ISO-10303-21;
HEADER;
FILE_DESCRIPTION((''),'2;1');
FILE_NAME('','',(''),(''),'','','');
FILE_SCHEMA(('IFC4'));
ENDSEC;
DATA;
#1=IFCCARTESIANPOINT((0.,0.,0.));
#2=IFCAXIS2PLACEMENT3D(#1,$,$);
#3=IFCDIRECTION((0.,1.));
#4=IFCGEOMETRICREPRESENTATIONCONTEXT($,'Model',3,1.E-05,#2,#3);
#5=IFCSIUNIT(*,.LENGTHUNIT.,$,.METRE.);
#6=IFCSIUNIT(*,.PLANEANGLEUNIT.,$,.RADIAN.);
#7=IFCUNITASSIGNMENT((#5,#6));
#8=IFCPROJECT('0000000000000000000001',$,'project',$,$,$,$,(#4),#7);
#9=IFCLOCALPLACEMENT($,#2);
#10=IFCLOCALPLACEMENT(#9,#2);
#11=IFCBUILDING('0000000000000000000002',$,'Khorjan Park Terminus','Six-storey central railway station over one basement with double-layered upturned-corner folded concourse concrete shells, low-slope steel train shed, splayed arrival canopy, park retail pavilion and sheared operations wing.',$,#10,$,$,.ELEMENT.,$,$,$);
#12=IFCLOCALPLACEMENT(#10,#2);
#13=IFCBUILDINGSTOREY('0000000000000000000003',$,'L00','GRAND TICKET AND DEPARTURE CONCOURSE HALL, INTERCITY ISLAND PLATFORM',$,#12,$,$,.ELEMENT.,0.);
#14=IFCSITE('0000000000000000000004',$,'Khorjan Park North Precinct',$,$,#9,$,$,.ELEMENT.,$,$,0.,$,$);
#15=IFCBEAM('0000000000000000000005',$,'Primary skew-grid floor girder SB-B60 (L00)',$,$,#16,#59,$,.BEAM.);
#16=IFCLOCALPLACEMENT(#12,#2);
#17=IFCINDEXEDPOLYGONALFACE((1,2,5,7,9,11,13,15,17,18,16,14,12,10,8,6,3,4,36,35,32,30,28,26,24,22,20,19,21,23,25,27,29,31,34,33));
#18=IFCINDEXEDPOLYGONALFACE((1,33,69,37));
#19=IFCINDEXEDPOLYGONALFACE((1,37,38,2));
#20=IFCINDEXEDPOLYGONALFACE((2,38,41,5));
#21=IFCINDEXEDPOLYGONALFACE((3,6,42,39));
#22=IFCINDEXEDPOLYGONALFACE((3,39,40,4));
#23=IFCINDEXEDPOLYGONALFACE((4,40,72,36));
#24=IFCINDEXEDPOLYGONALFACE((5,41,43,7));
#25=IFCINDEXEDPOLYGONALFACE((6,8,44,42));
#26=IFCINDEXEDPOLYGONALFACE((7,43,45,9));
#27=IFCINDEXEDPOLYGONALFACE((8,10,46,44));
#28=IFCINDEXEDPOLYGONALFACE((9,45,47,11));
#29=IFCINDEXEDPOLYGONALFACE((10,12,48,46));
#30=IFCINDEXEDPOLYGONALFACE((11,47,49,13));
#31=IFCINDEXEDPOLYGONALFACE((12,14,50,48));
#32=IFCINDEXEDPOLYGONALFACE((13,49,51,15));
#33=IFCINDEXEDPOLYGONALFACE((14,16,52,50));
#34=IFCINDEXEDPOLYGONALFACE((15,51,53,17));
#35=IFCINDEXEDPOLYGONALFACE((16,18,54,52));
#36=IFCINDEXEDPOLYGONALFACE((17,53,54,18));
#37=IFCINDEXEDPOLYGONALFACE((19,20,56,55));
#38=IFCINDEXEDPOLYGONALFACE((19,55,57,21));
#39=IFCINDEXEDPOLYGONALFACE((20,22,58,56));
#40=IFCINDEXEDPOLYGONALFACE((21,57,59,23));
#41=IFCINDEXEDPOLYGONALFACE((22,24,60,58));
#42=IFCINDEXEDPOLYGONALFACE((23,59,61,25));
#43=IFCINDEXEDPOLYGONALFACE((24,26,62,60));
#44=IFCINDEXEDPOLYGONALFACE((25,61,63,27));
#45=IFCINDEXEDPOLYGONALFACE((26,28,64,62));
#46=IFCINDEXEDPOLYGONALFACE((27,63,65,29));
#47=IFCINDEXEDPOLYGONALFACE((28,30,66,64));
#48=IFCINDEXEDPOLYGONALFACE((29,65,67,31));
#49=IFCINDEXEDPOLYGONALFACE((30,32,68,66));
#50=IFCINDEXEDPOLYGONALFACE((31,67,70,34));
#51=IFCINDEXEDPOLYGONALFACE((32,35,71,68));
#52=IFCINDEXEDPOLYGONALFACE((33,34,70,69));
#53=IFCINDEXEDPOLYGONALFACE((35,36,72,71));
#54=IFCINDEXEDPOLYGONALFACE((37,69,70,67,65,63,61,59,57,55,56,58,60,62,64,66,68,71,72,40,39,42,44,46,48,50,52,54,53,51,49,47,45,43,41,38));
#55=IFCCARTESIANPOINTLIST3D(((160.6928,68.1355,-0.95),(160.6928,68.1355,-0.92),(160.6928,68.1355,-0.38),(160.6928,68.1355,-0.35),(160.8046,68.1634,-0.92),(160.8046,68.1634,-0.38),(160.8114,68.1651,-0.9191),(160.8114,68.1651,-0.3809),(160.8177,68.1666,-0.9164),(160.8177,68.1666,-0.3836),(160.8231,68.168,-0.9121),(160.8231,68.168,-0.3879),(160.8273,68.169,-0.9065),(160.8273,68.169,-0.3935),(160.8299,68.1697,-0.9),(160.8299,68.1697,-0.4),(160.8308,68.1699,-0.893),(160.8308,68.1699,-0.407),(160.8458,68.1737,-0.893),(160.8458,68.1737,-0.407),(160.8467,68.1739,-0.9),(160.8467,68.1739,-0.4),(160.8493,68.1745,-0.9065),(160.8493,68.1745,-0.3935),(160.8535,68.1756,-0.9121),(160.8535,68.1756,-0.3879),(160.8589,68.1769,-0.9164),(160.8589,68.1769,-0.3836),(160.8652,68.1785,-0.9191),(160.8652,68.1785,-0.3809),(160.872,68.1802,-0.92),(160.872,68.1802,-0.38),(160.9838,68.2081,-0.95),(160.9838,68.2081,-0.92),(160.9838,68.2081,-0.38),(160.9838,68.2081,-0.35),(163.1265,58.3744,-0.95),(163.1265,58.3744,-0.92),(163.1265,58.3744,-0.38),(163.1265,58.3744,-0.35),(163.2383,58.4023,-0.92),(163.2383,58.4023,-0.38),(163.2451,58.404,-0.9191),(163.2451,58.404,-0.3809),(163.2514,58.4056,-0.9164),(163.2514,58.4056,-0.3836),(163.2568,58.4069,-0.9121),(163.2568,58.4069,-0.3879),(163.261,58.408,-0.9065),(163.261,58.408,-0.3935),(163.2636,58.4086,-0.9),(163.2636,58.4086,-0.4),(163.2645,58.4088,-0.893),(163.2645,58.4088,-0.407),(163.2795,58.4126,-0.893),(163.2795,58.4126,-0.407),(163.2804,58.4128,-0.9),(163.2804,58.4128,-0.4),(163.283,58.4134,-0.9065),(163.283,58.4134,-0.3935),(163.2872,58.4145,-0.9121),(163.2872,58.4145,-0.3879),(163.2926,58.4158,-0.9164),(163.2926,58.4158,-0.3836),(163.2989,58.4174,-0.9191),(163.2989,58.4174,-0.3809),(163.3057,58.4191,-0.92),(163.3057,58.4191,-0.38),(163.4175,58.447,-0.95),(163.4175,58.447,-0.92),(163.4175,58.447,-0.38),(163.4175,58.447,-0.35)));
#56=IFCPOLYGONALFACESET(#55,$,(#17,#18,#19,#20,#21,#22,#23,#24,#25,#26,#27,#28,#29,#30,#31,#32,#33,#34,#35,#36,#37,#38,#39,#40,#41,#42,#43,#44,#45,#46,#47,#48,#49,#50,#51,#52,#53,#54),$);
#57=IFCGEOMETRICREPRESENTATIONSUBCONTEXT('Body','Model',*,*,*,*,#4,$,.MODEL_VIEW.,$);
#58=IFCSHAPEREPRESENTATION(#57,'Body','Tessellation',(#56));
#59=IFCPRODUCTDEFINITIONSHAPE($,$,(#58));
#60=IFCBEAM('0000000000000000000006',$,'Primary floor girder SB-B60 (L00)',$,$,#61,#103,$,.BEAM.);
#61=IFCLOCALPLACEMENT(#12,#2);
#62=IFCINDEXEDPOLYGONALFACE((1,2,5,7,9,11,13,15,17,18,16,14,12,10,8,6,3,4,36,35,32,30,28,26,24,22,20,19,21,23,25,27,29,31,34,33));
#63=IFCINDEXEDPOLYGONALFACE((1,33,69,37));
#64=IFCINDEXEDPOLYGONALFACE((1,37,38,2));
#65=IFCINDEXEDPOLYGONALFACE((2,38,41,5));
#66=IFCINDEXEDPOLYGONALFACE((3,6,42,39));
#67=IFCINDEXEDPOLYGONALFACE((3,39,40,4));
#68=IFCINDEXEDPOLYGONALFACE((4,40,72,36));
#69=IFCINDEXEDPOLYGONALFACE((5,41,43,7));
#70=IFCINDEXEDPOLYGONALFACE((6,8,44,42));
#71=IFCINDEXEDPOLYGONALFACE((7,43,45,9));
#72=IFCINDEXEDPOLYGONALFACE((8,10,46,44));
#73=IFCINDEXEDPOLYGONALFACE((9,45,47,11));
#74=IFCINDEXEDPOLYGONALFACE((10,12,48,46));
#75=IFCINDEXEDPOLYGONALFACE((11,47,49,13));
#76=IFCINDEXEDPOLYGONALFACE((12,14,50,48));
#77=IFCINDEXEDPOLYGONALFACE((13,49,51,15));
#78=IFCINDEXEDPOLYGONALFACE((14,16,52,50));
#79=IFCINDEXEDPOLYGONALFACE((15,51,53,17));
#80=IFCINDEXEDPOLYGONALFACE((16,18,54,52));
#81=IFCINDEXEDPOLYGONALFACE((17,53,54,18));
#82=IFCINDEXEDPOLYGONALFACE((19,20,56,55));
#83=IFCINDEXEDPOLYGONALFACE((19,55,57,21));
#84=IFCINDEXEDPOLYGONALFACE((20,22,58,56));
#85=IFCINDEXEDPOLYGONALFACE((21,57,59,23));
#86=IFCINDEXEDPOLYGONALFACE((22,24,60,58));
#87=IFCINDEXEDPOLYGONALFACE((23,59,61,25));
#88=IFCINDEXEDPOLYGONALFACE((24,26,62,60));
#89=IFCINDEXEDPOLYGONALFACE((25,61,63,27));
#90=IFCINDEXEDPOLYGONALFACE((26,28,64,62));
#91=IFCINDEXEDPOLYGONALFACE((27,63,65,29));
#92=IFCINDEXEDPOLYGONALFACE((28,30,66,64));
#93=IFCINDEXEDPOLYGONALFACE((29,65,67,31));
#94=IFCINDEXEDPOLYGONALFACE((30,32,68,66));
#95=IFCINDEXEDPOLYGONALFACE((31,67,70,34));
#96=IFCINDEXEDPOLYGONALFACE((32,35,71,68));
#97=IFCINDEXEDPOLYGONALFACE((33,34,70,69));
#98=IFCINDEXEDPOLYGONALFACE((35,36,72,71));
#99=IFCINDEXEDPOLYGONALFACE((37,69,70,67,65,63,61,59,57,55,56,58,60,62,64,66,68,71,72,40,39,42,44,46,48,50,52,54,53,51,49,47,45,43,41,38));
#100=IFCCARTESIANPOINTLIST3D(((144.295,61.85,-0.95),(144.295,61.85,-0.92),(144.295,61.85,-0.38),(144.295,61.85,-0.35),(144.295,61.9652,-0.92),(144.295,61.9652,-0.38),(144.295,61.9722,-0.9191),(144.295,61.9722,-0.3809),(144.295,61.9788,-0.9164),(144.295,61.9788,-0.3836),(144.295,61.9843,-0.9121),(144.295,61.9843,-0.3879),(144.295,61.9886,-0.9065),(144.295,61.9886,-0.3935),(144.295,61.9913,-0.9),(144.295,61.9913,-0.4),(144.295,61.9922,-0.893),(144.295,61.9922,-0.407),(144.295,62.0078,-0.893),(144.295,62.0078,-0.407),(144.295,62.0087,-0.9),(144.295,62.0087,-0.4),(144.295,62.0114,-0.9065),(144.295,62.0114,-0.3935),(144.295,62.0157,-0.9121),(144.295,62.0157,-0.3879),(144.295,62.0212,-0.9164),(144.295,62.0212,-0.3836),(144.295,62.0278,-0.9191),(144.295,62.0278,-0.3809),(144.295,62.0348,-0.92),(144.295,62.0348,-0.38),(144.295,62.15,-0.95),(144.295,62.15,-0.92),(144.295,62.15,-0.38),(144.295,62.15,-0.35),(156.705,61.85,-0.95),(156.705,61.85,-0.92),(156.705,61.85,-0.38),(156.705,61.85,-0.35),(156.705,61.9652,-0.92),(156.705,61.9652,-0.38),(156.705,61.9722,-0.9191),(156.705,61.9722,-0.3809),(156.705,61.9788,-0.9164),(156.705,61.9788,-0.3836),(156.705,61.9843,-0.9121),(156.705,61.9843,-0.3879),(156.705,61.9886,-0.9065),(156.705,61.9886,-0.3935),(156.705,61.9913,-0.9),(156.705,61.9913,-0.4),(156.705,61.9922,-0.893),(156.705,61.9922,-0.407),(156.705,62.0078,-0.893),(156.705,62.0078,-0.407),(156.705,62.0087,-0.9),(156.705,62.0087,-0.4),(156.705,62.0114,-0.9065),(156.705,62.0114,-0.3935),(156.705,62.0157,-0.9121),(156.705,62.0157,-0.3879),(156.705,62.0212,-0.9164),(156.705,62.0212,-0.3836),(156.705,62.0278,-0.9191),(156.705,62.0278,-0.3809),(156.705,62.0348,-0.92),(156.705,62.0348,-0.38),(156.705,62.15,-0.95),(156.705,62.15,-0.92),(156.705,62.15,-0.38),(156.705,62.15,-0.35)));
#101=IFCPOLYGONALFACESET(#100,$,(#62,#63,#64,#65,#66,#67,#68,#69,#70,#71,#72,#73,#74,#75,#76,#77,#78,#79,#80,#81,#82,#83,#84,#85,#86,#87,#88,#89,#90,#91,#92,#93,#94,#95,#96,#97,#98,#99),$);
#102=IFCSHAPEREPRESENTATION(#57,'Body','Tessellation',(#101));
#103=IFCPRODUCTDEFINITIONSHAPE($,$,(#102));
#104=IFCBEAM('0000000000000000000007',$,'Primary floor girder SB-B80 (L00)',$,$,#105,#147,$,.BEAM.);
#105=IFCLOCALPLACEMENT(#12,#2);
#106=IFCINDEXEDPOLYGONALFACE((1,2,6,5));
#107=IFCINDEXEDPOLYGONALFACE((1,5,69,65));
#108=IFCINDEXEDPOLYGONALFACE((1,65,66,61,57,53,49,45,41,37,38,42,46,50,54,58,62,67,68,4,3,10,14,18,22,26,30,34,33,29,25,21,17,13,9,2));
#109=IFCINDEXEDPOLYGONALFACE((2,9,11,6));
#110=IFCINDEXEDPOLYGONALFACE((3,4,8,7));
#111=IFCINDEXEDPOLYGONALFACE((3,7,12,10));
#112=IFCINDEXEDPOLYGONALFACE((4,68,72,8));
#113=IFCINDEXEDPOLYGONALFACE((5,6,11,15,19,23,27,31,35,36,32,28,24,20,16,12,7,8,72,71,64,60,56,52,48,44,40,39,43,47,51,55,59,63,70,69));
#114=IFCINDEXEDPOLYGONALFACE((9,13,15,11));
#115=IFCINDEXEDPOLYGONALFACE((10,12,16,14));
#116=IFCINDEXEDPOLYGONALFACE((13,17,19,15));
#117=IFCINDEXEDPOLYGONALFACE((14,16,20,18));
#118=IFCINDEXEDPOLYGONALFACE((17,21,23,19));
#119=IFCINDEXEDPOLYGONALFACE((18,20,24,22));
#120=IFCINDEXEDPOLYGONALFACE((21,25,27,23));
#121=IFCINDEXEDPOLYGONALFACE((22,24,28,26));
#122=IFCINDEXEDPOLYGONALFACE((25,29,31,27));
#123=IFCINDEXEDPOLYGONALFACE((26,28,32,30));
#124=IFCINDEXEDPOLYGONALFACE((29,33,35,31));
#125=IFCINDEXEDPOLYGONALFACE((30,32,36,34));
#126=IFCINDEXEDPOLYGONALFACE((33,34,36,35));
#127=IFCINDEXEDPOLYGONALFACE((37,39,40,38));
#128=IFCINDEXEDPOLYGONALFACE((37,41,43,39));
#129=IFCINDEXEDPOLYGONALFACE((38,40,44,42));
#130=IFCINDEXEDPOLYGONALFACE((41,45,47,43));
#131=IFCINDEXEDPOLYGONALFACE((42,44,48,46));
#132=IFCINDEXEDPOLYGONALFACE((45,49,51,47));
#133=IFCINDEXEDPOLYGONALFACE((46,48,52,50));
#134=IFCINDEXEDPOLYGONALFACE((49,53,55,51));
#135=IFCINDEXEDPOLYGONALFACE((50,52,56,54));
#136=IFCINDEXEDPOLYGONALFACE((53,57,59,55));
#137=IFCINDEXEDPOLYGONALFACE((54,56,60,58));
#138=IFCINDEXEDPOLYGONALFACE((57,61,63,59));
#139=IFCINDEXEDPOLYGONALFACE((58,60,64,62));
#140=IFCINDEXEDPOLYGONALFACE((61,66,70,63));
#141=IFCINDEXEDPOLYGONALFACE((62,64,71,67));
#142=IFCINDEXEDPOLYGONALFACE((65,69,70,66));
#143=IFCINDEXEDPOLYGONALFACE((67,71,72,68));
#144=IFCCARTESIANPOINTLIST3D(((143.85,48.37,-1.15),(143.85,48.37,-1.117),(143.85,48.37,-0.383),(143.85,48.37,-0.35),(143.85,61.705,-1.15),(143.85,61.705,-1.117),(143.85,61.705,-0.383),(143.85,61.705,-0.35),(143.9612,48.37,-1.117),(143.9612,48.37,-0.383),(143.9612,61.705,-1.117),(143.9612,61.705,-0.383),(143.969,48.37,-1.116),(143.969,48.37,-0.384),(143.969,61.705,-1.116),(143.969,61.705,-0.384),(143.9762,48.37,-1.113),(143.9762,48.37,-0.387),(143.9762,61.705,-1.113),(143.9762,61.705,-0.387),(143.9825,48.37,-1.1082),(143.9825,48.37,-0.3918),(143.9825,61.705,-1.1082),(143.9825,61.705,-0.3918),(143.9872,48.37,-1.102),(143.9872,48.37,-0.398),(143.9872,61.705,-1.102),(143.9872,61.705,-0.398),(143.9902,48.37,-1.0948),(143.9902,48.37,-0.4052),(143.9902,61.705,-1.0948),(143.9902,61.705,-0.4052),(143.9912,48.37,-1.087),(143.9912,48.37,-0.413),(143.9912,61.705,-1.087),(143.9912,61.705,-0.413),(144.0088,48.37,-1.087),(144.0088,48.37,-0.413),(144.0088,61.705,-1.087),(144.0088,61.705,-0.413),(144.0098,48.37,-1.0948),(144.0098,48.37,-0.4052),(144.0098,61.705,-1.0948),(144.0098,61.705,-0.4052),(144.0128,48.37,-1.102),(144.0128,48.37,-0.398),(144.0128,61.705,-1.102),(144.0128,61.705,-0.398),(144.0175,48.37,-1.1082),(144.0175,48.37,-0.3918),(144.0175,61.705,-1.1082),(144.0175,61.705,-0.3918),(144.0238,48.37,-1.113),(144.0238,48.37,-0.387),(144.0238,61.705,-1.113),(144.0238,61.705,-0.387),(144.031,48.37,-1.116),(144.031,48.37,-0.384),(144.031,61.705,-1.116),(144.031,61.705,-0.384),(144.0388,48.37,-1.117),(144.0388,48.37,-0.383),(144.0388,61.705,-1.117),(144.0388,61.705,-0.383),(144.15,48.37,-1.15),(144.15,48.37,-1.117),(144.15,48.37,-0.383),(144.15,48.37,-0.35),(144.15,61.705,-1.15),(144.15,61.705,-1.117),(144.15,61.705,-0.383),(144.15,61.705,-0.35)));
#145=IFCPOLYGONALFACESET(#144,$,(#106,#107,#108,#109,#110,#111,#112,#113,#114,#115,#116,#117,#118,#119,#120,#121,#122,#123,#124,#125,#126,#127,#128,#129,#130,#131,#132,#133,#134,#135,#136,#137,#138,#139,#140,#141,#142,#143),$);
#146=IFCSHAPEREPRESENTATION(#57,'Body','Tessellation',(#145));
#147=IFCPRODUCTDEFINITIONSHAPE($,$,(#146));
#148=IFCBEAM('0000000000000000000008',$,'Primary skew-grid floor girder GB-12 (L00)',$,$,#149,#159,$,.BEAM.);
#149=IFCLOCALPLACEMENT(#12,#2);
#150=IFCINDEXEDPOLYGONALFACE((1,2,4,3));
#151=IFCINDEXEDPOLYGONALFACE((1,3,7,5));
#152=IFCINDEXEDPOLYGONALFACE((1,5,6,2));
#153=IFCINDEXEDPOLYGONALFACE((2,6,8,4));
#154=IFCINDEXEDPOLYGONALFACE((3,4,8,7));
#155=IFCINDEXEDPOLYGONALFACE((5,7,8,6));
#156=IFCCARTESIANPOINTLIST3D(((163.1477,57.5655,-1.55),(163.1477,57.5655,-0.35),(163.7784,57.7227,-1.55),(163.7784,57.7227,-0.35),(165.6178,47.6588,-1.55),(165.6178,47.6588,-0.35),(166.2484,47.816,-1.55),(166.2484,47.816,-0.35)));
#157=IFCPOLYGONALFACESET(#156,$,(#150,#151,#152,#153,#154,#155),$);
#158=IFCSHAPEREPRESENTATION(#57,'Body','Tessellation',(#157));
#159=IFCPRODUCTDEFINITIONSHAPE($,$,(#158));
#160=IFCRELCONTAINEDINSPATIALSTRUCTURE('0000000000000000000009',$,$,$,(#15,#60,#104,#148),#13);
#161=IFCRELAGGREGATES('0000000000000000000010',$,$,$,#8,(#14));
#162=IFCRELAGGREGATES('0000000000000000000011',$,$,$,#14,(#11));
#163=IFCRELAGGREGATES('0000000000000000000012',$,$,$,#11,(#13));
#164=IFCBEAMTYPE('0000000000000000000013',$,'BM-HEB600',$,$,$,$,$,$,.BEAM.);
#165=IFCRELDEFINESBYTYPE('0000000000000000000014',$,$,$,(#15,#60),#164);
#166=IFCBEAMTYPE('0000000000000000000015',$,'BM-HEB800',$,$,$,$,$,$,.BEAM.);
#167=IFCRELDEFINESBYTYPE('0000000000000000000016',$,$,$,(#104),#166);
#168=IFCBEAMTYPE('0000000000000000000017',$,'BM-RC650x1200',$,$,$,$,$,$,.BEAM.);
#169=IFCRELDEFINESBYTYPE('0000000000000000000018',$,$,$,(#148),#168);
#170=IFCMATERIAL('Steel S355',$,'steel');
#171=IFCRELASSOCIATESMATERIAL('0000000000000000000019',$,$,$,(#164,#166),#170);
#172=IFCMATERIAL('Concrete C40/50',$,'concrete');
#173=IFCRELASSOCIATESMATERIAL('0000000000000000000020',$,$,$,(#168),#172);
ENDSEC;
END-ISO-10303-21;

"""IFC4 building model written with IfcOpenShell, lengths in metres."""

from ifc_helpers import new_model, si_unit, direction, frame, origin, origin_2d, place, context, subcontext, project, spatial, rectangle, i_section, extrude, material, material_profile, profile_set, type_object, element, save


model = new_model("IFC4")

# Units and contexts
model_context = context("Model", 3, precision=1e-05, world=origin(), true_north=direction((0.0, 1.0)))
body_context = subcontext(model_context, "Body", "Model", "MODEL_VIEW")
ifc_project = project(units=[si_unit("LENGTHUNIT", "METRE"), si_unit("PLANEANGLEUNIT", "RADIAN")], contexts=[model_context])

# Site, building, storey
site_placement = place(None, origin())
site = spatial("IfcSite", under=ifc_project, at=site_placement, Name="Khorjan Park North Precinct", CompositionType="ELEMENT", RefElevation=0.0)
building_placement = place(site_placement, origin())
building = spatial("IfcBuilding", under=site, at=building_placement, Name="Khorjan Park Terminus", Description="Six-storey central railway station over one basement with double-layered upturned-corner folded concourse concrete shells, low-slope steel train shed, splayed arrival canopy, park retail pavilion and sheared operations wing.", CompositionType="ELEMENT")
storey_placement = place(building_placement, origin())
storey = spatial("IfcBuildingStorey", under=building, at=storey_placement, Name="L00", Description="GRAND TICKET AND DEPARTURE CONCOURSE HALL, INTERCITY ISLAND PLATFORM", CompositionType="ELEMENT", Elevation=0.0)

# Shared definitions
ifc_material_1 = material(Name="Concrete C40/50", Category="concrete")

# Beams
ifc_material_2 = material(Name="Steel S355", Category="steel")
ifc_material_profile_1 = material_profile(ifc_material_2, i_section(OverallWidth=0.3, OverallDepth=0.6, WebThickness=0.0155, FlangeThickness=0.03, FilletRadius=0.027, at=origin_2d()), Name="HEB 600")
ifc_profile_set_1 = profile_set([ifc_material_profile_1], Name="Steel S355")
beam_type_1 = type_object("IfcBeamType", Name="BM-HEB600", PredefinedType="BEAM", material=ifc_profile_set_1)
beam_1_placement = place(storey_placement, frame((163.272, 58.4107, -0.65), z_axis=(-0.24192, 0.970296, 0.0), x_axis=(-0.970296, -0.24192, 0.0)))
element("IfcBeam", 1, at=beam_1_placement, inside=storey, type_object=beam_type_1, Name="Primary skew-grid floor girder SB-B60 (L00)", PredefinedType="BEAM", context=body_context, shape_type="SweptSolid", body=[
    extrude(i_section(OverallWidth=0.3, OverallDepth=0.6, WebThickness=0.0155, FlangeThickness=0.03, FilletRadius=0.027, at=origin_2d()), origin(), (0.0, 0.0, 1.0), 10.0599),
])
beam_2_placement = place(storey_placement, frame((144.295, 62.0, -0.65), z_axis=(1.0, 0.0, 0.0), x_axis=(0.0, 1.0, 0.0)))
element("IfcBeam", 2, at=beam_2_placement, inside=storey, type_object=beam_type_1, Name="Primary floor girder SB-B60 (L00)", PredefinedType="BEAM", context=body_context, shape_type="SweptSolid", body=[
    extrude(i_section(OverallWidth=0.3, OverallDepth=0.6, WebThickness=0.0155, FlangeThickness=0.03, FilletRadius=0.027, at=origin_2d()), origin(), (0.0, 0.0, 1.0), 12.41),
])
ifc_material_profile_2 = material_profile(ifc_material_2, i_section(OverallWidth=0.3, OverallDepth=0.8, WebThickness=0.0175, FlangeThickness=0.033, FilletRadius=0.03, at=origin_2d()), Name="HEB 800")
ifc_profile_set_2 = profile_set([ifc_material_profile_2], Name="Steel S355")
beam_type_2 = type_object("IfcBeamType", Name="BM-HEB800", PredefinedType="BEAM", material=ifc_profile_set_2)
beam_3_placement = place(storey_placement, frame((144.0, 48.37, -0.75), z_axis=(0.0, 1.0, 0.0), x_axis=(-1.0, 0.0, 0.0)))
element("IfcBeam", 3, at=beam_3_placement, inside=storey, type_object=beam_type_2, Name="Primary floor girder SB-B80 (L00)", PredefinedType="BEAM", context=body_context, shape_type="SweptSolid", body=[
    extrude(i_section(OverallWidth=0.3, OverallDepth=0.8, WebThickness=0.0175, FlangeThickness=0.033, FilletRadius=0.03, at=origin_2d()), origin(), (0.0, 0.0, 1.0), 13.335),
])
ifc_material_profile_3 = material_profile(ifc_material_1, rectangle(XDim=0.65, YDim=1.2, at=origin_2d()), Name="RC 650x1200")
ifc_profile_set_3 = profile_set([ifc_material_profile_3], Name="Concrete C40/50")
beam_type_3 = type_object("IfcBeamType", Name="BM-RC650x1200", PredefinedType="BEAM", material=ifc_profile_set_3)
beam_4_placement = place(storey_placement, frame((165.9331, 47.7374, -0.95), z_axis=(-0.24192, 0.970296, 0.0), x_axis=(-0.970296, -0.24192, 0.0)))
element("IfcBeam", 4, at=beam_4_placement, inside=storey, type_object=beam_type_3, Name="Primary skew-grid floor girder GB-12 (L00)", PredefinedType="BEAM", context=body_context, shape_type="SweptSolid", body=[
    extrude(rectangle(XDim=0.65, YDim=1.2, at=origin_2d()), origin(), (0.0, 0.0, 1.0), 10.21),
])

save(model, "model.ifc")
